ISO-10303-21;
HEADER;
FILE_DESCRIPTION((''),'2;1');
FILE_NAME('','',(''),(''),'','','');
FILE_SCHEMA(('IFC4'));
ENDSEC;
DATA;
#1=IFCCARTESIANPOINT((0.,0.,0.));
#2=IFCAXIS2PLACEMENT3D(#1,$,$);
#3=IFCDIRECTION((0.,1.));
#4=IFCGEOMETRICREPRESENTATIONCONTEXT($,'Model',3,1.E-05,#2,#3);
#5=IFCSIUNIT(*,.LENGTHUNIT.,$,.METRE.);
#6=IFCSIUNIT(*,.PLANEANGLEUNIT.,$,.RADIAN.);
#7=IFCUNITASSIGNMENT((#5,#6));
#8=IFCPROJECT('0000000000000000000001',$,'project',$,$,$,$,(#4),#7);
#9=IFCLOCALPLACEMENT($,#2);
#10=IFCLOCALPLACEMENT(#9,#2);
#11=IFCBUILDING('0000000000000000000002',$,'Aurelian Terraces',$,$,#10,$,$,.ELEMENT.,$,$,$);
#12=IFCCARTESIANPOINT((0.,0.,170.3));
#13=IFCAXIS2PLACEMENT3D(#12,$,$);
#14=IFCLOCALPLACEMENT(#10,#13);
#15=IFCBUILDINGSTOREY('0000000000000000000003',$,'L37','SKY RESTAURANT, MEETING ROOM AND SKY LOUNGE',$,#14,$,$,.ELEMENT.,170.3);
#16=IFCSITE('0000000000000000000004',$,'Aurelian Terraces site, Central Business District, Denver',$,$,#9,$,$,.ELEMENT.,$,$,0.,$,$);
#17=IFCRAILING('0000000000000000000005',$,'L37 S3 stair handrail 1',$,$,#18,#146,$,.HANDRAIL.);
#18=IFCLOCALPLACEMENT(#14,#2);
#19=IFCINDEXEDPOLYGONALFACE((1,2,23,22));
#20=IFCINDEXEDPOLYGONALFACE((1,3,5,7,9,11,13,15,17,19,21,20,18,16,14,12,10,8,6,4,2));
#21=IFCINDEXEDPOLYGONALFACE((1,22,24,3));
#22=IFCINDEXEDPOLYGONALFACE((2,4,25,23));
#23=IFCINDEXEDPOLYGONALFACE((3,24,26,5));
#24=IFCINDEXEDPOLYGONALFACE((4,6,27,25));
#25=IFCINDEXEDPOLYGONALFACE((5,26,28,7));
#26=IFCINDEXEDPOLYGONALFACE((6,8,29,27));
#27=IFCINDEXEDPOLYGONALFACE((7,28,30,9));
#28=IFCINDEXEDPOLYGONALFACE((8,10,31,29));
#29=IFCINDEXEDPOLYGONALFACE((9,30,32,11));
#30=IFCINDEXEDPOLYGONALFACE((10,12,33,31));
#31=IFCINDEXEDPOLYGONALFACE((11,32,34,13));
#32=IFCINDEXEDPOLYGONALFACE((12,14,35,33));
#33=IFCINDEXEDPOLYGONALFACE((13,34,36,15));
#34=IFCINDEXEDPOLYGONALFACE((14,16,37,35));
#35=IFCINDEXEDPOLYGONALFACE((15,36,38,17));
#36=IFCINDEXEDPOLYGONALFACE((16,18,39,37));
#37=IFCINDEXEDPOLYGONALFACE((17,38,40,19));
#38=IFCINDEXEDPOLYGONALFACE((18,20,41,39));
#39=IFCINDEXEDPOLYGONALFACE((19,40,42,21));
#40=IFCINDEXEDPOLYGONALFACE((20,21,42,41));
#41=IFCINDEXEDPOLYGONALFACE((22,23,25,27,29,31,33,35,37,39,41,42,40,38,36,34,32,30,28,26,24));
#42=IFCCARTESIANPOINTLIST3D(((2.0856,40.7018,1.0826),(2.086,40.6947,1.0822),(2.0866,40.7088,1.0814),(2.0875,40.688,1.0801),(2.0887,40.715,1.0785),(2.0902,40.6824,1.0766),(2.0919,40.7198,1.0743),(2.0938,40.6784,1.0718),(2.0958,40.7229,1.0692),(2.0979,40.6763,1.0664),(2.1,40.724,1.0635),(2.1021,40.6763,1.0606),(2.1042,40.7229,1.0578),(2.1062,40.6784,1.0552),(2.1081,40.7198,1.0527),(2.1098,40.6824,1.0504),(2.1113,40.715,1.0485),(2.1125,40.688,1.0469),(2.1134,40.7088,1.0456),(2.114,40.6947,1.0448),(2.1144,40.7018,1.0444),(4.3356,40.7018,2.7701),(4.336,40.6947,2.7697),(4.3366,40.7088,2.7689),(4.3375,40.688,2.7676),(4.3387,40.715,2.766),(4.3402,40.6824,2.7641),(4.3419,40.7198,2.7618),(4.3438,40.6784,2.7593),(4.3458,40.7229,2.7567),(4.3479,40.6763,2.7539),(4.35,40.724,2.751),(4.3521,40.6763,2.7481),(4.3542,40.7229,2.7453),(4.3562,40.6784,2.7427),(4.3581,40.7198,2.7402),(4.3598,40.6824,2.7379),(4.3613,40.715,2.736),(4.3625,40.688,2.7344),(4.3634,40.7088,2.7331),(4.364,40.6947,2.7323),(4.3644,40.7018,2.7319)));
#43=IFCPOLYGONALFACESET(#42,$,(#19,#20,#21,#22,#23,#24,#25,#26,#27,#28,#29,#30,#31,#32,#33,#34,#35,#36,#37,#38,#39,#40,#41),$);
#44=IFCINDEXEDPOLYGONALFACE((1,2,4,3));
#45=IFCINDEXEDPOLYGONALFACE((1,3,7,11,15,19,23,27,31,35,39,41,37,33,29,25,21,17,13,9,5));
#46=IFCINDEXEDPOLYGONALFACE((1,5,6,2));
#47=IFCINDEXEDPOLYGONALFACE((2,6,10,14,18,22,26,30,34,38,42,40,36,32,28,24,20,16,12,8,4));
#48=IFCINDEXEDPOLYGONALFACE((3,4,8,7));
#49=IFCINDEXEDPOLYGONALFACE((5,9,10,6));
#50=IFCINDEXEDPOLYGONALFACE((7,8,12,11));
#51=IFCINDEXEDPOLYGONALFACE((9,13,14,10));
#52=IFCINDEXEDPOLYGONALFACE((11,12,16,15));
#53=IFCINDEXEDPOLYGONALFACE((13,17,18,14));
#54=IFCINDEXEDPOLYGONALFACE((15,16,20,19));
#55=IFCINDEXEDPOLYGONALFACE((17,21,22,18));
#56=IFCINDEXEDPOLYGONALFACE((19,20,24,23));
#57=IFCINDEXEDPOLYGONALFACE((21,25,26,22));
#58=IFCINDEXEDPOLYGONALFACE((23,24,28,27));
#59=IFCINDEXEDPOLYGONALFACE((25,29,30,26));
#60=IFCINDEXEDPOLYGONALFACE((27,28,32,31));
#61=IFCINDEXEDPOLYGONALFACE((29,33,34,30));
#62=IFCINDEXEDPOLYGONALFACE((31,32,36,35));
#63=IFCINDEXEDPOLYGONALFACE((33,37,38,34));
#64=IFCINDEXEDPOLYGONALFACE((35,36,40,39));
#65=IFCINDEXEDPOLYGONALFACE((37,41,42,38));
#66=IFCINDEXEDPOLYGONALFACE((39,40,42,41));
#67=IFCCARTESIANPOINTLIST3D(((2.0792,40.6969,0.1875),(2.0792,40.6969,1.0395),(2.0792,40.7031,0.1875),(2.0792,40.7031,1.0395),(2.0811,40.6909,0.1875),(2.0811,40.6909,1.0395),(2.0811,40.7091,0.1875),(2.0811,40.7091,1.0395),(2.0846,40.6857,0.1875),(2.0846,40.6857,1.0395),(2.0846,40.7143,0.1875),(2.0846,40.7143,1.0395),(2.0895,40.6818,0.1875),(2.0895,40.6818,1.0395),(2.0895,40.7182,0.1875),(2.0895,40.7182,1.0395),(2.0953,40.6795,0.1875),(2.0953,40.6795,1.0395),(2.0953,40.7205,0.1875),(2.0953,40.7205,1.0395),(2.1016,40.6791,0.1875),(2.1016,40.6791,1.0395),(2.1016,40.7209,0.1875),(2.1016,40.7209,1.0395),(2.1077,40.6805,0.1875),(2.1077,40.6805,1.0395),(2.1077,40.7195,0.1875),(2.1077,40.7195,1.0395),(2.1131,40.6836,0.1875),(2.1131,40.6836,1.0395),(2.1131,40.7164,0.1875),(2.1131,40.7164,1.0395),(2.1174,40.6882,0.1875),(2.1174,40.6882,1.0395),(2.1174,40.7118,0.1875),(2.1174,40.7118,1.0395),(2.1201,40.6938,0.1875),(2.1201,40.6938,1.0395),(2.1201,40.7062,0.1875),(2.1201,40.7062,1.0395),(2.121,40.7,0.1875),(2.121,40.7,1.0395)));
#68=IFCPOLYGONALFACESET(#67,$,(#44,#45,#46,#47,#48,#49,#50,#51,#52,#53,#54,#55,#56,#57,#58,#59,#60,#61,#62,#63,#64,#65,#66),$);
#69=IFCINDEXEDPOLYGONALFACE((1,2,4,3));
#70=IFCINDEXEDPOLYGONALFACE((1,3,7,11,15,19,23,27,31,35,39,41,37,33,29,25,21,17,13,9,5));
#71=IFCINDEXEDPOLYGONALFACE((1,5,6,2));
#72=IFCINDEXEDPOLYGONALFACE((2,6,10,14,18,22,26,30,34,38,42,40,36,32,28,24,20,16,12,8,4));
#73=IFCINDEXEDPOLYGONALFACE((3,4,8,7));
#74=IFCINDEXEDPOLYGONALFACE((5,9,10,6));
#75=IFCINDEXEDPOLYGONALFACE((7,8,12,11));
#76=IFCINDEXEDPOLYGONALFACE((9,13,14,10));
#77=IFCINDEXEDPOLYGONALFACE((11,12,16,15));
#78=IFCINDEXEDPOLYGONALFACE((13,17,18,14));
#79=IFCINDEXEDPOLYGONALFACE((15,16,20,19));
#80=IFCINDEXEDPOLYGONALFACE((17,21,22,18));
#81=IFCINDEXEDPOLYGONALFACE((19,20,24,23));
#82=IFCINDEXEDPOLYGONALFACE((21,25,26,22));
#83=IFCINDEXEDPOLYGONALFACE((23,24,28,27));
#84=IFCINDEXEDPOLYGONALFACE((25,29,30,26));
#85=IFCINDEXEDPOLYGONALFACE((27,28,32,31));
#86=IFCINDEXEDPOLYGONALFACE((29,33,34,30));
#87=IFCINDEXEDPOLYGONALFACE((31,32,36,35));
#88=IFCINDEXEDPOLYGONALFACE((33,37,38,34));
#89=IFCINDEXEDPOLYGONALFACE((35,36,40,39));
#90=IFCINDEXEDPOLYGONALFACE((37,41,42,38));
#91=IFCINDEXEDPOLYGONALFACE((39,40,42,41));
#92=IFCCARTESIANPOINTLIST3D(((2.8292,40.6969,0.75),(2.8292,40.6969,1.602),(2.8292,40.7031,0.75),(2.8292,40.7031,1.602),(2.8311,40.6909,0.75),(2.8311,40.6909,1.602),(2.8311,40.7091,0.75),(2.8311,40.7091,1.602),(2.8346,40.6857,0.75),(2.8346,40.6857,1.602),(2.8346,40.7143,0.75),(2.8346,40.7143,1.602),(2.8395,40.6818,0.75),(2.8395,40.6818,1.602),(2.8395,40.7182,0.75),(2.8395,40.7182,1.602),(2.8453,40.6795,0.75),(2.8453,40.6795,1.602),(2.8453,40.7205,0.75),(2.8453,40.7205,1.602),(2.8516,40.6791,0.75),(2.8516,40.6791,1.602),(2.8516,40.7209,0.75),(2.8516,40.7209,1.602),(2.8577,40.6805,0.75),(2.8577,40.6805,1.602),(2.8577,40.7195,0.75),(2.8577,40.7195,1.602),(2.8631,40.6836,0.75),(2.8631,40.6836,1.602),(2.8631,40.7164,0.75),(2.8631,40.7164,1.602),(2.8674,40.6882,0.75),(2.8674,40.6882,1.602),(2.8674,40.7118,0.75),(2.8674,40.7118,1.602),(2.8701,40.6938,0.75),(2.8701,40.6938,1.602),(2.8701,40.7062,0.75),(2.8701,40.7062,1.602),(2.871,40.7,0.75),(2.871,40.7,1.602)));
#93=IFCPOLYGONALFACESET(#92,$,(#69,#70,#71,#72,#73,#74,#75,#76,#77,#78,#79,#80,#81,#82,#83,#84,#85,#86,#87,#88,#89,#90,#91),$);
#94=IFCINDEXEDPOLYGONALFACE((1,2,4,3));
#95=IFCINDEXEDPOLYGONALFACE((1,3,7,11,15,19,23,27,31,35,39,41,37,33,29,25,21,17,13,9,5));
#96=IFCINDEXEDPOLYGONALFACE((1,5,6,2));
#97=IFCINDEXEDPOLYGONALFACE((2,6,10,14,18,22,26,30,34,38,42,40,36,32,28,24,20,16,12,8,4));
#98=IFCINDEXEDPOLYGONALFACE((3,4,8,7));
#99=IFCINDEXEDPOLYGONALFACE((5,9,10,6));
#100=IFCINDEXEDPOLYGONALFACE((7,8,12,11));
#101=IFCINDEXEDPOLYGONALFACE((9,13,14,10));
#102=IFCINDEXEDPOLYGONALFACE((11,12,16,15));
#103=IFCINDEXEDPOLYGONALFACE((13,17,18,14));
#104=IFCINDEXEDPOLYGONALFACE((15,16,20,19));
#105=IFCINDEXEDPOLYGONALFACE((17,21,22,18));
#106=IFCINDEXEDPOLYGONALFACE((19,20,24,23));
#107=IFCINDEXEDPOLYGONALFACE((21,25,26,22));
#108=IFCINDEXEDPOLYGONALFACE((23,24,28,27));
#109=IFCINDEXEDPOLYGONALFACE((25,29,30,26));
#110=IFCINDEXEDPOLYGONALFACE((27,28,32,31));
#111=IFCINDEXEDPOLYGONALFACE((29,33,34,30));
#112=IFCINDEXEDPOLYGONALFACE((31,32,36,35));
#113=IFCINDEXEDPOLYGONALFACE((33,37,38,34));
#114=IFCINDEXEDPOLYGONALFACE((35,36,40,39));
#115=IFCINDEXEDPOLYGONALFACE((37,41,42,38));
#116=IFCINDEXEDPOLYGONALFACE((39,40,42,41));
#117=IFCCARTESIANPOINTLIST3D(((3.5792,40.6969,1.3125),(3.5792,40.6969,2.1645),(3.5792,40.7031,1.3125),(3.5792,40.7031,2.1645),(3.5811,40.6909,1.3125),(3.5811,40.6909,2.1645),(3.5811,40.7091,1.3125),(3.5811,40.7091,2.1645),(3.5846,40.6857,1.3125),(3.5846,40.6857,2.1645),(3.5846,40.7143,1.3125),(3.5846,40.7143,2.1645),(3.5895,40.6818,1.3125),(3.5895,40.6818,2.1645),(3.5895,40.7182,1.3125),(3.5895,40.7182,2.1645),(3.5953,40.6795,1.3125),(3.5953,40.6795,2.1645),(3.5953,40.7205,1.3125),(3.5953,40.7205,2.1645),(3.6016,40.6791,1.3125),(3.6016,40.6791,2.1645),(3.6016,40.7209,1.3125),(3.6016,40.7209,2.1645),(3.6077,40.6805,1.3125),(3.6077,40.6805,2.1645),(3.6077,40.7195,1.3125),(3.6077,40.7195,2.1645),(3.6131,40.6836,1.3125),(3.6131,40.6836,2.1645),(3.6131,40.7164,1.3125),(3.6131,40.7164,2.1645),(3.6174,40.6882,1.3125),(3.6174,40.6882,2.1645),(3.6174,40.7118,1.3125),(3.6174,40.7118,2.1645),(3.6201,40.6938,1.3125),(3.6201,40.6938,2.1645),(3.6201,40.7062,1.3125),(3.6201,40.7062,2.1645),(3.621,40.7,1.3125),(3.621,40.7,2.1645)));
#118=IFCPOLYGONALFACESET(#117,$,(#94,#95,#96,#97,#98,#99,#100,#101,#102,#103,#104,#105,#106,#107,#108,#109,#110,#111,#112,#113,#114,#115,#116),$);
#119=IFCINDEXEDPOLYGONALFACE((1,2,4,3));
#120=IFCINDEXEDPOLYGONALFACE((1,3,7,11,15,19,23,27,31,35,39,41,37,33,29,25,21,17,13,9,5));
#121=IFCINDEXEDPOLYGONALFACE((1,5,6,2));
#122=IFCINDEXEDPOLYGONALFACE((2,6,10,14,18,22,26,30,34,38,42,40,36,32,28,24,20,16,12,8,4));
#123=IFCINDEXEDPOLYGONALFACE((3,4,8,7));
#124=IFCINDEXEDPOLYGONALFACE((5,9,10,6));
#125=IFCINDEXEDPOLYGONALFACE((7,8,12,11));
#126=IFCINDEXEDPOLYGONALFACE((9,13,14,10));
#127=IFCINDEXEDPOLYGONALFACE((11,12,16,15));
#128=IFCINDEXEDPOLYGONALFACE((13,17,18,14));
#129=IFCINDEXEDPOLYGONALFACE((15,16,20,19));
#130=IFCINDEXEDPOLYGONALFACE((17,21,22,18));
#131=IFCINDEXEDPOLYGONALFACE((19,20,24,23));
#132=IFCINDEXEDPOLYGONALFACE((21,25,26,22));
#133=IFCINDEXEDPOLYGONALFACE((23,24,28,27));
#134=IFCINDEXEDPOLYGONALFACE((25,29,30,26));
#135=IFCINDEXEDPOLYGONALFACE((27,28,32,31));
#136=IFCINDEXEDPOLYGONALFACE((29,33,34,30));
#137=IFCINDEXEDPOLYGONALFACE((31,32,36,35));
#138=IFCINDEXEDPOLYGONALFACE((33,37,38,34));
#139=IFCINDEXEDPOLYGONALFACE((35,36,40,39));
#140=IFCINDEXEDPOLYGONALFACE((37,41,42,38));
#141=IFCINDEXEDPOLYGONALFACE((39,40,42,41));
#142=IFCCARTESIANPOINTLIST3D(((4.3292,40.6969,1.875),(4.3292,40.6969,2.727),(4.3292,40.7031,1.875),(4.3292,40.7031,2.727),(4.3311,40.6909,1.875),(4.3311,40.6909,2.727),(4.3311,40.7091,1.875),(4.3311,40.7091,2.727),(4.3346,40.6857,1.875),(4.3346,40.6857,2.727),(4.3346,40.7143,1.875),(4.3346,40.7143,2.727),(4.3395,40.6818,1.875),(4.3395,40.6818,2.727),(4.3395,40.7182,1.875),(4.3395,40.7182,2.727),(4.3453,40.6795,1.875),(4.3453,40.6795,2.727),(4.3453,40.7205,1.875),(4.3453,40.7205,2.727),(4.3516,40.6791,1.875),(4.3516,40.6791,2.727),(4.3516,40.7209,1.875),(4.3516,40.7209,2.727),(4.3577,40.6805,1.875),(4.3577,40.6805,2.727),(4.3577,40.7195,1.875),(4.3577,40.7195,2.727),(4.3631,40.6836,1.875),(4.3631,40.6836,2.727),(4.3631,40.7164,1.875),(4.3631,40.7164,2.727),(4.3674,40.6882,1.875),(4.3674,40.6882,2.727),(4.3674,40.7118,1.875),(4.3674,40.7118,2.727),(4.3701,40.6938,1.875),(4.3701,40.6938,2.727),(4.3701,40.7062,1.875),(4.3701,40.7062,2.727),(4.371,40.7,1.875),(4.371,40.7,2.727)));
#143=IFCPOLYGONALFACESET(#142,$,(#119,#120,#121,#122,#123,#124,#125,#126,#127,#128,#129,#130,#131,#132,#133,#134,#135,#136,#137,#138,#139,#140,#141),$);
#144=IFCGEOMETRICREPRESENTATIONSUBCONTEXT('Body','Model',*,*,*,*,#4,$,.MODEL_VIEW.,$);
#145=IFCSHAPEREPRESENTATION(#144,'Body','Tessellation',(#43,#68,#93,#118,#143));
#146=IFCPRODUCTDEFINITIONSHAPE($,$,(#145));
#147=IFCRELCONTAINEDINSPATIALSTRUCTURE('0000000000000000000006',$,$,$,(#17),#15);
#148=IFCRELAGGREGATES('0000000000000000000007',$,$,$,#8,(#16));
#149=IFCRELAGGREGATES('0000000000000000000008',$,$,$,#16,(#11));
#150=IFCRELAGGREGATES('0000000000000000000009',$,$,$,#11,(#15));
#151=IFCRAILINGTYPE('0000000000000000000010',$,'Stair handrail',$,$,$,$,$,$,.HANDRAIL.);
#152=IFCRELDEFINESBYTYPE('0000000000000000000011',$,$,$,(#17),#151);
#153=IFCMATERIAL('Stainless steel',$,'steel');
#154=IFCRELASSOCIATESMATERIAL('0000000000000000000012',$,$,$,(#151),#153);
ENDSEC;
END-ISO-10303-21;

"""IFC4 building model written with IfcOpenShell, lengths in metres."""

from ifc_helpers import new_model, si_unit, direction, frame, origin, origin_2d, place, context, subcontext, project, spatial, circle, extrude, source, transform, mapped, material, type_object, element, save


model = new_model("IFC4")

# Units and contexts
model_context = context("Model", 3, precision=1e-05, world=origin(), true_north=direction((0.0, 1.0)))
body_context = subcontext(model_context, "Body", "Model", "MODEL_VIEW")
ifc_project = project(units=[si_unit("LENGTHUNIT", "METRE"), si_unit("PLANEANGLEUNIT", "RADIAN")], contexts=[model_context])

# Site, building, storey
site_placement = place(None, origin())
site = spatial("IfcSite", under=ifc_project, at=site_placement, Name="Aurelian Terraces site, Central Business District, Denver", CompositionType="ELEMENT", RefElevation=0.0)
building_placement = place(site_placement, origin())
building = spatial("IfcBuilding", under=site, at=building_placement, Name="Aurelian Terraces", CompositionType="ELEMENT")
storey_placement = place(building_placement, frame((0.0, 0.0, 170.3)))
storey = spatial("IfcBuildingStorey", under=building, at=storey_placement, Name="L37", Description="SKY RESTAURANT, MEETING ROOM AND SKY LOUNGE", CompositionType="ELEMENT", Elevation=170.3)

# Railing
ifc_material_1 = material(Name="Stainless steel", Category="steel")
railing_type_1 = type_object("IfcRailingType", Name="Stair handrail", PredefinedType="HANDRAIL", material=ifc_material_1)
shared_shape_1 = source(origin(), body_context, "Body", "SweptSolid", [
    extrude(circle(Radius=0.024, at=origin_2d()), frame((0.0, 0.0, 0.876), z_axis=(0.8, 0.0, 0.6), x_axis=(0.0, 1.0, 0.0)), (0.0, 0.0, 1.0), 2.8125),
    extrude(circle(Radius=0.021, at=origin_2d()), origin(), (0.0, 0.0, 1.0), 0.852),
    extrude(circle(Radius=0.021, at=origin_2d()), frame((0.75, 0.0, 0.5625)), (0.0, 0.0, 1.0), 0.852),
    extrude(circle(Radius=0.021, at=origin_2d()), frame((1.5, 0.0, 1.125)), (0.0, 0.0, 1.0), 0.852),
    extrude(circle(Radius=0.021, at=origin_2d()), frame((2.25, 0.0, 1.6875)), (0.0, 0.0, 1.0), 0.852),
])
for number, where, name in (
    (1, (2.1, 40.7, 0.1875), "L37 S3 stair handrail 1"),
):
    element("IfcRailing", number, at=place(storey_placement, frame(where)), inside=storey, type_object=railing_type_1, Name=name, PredefinedType="HANDRAIL", context=body_context, shape_type="MappedRepresentation", body=[
        mapped(shared_shape_1, transform((0.0, 0.0, 0.0), scale=1.0)),
    ])

save(model, "model.ifc")
